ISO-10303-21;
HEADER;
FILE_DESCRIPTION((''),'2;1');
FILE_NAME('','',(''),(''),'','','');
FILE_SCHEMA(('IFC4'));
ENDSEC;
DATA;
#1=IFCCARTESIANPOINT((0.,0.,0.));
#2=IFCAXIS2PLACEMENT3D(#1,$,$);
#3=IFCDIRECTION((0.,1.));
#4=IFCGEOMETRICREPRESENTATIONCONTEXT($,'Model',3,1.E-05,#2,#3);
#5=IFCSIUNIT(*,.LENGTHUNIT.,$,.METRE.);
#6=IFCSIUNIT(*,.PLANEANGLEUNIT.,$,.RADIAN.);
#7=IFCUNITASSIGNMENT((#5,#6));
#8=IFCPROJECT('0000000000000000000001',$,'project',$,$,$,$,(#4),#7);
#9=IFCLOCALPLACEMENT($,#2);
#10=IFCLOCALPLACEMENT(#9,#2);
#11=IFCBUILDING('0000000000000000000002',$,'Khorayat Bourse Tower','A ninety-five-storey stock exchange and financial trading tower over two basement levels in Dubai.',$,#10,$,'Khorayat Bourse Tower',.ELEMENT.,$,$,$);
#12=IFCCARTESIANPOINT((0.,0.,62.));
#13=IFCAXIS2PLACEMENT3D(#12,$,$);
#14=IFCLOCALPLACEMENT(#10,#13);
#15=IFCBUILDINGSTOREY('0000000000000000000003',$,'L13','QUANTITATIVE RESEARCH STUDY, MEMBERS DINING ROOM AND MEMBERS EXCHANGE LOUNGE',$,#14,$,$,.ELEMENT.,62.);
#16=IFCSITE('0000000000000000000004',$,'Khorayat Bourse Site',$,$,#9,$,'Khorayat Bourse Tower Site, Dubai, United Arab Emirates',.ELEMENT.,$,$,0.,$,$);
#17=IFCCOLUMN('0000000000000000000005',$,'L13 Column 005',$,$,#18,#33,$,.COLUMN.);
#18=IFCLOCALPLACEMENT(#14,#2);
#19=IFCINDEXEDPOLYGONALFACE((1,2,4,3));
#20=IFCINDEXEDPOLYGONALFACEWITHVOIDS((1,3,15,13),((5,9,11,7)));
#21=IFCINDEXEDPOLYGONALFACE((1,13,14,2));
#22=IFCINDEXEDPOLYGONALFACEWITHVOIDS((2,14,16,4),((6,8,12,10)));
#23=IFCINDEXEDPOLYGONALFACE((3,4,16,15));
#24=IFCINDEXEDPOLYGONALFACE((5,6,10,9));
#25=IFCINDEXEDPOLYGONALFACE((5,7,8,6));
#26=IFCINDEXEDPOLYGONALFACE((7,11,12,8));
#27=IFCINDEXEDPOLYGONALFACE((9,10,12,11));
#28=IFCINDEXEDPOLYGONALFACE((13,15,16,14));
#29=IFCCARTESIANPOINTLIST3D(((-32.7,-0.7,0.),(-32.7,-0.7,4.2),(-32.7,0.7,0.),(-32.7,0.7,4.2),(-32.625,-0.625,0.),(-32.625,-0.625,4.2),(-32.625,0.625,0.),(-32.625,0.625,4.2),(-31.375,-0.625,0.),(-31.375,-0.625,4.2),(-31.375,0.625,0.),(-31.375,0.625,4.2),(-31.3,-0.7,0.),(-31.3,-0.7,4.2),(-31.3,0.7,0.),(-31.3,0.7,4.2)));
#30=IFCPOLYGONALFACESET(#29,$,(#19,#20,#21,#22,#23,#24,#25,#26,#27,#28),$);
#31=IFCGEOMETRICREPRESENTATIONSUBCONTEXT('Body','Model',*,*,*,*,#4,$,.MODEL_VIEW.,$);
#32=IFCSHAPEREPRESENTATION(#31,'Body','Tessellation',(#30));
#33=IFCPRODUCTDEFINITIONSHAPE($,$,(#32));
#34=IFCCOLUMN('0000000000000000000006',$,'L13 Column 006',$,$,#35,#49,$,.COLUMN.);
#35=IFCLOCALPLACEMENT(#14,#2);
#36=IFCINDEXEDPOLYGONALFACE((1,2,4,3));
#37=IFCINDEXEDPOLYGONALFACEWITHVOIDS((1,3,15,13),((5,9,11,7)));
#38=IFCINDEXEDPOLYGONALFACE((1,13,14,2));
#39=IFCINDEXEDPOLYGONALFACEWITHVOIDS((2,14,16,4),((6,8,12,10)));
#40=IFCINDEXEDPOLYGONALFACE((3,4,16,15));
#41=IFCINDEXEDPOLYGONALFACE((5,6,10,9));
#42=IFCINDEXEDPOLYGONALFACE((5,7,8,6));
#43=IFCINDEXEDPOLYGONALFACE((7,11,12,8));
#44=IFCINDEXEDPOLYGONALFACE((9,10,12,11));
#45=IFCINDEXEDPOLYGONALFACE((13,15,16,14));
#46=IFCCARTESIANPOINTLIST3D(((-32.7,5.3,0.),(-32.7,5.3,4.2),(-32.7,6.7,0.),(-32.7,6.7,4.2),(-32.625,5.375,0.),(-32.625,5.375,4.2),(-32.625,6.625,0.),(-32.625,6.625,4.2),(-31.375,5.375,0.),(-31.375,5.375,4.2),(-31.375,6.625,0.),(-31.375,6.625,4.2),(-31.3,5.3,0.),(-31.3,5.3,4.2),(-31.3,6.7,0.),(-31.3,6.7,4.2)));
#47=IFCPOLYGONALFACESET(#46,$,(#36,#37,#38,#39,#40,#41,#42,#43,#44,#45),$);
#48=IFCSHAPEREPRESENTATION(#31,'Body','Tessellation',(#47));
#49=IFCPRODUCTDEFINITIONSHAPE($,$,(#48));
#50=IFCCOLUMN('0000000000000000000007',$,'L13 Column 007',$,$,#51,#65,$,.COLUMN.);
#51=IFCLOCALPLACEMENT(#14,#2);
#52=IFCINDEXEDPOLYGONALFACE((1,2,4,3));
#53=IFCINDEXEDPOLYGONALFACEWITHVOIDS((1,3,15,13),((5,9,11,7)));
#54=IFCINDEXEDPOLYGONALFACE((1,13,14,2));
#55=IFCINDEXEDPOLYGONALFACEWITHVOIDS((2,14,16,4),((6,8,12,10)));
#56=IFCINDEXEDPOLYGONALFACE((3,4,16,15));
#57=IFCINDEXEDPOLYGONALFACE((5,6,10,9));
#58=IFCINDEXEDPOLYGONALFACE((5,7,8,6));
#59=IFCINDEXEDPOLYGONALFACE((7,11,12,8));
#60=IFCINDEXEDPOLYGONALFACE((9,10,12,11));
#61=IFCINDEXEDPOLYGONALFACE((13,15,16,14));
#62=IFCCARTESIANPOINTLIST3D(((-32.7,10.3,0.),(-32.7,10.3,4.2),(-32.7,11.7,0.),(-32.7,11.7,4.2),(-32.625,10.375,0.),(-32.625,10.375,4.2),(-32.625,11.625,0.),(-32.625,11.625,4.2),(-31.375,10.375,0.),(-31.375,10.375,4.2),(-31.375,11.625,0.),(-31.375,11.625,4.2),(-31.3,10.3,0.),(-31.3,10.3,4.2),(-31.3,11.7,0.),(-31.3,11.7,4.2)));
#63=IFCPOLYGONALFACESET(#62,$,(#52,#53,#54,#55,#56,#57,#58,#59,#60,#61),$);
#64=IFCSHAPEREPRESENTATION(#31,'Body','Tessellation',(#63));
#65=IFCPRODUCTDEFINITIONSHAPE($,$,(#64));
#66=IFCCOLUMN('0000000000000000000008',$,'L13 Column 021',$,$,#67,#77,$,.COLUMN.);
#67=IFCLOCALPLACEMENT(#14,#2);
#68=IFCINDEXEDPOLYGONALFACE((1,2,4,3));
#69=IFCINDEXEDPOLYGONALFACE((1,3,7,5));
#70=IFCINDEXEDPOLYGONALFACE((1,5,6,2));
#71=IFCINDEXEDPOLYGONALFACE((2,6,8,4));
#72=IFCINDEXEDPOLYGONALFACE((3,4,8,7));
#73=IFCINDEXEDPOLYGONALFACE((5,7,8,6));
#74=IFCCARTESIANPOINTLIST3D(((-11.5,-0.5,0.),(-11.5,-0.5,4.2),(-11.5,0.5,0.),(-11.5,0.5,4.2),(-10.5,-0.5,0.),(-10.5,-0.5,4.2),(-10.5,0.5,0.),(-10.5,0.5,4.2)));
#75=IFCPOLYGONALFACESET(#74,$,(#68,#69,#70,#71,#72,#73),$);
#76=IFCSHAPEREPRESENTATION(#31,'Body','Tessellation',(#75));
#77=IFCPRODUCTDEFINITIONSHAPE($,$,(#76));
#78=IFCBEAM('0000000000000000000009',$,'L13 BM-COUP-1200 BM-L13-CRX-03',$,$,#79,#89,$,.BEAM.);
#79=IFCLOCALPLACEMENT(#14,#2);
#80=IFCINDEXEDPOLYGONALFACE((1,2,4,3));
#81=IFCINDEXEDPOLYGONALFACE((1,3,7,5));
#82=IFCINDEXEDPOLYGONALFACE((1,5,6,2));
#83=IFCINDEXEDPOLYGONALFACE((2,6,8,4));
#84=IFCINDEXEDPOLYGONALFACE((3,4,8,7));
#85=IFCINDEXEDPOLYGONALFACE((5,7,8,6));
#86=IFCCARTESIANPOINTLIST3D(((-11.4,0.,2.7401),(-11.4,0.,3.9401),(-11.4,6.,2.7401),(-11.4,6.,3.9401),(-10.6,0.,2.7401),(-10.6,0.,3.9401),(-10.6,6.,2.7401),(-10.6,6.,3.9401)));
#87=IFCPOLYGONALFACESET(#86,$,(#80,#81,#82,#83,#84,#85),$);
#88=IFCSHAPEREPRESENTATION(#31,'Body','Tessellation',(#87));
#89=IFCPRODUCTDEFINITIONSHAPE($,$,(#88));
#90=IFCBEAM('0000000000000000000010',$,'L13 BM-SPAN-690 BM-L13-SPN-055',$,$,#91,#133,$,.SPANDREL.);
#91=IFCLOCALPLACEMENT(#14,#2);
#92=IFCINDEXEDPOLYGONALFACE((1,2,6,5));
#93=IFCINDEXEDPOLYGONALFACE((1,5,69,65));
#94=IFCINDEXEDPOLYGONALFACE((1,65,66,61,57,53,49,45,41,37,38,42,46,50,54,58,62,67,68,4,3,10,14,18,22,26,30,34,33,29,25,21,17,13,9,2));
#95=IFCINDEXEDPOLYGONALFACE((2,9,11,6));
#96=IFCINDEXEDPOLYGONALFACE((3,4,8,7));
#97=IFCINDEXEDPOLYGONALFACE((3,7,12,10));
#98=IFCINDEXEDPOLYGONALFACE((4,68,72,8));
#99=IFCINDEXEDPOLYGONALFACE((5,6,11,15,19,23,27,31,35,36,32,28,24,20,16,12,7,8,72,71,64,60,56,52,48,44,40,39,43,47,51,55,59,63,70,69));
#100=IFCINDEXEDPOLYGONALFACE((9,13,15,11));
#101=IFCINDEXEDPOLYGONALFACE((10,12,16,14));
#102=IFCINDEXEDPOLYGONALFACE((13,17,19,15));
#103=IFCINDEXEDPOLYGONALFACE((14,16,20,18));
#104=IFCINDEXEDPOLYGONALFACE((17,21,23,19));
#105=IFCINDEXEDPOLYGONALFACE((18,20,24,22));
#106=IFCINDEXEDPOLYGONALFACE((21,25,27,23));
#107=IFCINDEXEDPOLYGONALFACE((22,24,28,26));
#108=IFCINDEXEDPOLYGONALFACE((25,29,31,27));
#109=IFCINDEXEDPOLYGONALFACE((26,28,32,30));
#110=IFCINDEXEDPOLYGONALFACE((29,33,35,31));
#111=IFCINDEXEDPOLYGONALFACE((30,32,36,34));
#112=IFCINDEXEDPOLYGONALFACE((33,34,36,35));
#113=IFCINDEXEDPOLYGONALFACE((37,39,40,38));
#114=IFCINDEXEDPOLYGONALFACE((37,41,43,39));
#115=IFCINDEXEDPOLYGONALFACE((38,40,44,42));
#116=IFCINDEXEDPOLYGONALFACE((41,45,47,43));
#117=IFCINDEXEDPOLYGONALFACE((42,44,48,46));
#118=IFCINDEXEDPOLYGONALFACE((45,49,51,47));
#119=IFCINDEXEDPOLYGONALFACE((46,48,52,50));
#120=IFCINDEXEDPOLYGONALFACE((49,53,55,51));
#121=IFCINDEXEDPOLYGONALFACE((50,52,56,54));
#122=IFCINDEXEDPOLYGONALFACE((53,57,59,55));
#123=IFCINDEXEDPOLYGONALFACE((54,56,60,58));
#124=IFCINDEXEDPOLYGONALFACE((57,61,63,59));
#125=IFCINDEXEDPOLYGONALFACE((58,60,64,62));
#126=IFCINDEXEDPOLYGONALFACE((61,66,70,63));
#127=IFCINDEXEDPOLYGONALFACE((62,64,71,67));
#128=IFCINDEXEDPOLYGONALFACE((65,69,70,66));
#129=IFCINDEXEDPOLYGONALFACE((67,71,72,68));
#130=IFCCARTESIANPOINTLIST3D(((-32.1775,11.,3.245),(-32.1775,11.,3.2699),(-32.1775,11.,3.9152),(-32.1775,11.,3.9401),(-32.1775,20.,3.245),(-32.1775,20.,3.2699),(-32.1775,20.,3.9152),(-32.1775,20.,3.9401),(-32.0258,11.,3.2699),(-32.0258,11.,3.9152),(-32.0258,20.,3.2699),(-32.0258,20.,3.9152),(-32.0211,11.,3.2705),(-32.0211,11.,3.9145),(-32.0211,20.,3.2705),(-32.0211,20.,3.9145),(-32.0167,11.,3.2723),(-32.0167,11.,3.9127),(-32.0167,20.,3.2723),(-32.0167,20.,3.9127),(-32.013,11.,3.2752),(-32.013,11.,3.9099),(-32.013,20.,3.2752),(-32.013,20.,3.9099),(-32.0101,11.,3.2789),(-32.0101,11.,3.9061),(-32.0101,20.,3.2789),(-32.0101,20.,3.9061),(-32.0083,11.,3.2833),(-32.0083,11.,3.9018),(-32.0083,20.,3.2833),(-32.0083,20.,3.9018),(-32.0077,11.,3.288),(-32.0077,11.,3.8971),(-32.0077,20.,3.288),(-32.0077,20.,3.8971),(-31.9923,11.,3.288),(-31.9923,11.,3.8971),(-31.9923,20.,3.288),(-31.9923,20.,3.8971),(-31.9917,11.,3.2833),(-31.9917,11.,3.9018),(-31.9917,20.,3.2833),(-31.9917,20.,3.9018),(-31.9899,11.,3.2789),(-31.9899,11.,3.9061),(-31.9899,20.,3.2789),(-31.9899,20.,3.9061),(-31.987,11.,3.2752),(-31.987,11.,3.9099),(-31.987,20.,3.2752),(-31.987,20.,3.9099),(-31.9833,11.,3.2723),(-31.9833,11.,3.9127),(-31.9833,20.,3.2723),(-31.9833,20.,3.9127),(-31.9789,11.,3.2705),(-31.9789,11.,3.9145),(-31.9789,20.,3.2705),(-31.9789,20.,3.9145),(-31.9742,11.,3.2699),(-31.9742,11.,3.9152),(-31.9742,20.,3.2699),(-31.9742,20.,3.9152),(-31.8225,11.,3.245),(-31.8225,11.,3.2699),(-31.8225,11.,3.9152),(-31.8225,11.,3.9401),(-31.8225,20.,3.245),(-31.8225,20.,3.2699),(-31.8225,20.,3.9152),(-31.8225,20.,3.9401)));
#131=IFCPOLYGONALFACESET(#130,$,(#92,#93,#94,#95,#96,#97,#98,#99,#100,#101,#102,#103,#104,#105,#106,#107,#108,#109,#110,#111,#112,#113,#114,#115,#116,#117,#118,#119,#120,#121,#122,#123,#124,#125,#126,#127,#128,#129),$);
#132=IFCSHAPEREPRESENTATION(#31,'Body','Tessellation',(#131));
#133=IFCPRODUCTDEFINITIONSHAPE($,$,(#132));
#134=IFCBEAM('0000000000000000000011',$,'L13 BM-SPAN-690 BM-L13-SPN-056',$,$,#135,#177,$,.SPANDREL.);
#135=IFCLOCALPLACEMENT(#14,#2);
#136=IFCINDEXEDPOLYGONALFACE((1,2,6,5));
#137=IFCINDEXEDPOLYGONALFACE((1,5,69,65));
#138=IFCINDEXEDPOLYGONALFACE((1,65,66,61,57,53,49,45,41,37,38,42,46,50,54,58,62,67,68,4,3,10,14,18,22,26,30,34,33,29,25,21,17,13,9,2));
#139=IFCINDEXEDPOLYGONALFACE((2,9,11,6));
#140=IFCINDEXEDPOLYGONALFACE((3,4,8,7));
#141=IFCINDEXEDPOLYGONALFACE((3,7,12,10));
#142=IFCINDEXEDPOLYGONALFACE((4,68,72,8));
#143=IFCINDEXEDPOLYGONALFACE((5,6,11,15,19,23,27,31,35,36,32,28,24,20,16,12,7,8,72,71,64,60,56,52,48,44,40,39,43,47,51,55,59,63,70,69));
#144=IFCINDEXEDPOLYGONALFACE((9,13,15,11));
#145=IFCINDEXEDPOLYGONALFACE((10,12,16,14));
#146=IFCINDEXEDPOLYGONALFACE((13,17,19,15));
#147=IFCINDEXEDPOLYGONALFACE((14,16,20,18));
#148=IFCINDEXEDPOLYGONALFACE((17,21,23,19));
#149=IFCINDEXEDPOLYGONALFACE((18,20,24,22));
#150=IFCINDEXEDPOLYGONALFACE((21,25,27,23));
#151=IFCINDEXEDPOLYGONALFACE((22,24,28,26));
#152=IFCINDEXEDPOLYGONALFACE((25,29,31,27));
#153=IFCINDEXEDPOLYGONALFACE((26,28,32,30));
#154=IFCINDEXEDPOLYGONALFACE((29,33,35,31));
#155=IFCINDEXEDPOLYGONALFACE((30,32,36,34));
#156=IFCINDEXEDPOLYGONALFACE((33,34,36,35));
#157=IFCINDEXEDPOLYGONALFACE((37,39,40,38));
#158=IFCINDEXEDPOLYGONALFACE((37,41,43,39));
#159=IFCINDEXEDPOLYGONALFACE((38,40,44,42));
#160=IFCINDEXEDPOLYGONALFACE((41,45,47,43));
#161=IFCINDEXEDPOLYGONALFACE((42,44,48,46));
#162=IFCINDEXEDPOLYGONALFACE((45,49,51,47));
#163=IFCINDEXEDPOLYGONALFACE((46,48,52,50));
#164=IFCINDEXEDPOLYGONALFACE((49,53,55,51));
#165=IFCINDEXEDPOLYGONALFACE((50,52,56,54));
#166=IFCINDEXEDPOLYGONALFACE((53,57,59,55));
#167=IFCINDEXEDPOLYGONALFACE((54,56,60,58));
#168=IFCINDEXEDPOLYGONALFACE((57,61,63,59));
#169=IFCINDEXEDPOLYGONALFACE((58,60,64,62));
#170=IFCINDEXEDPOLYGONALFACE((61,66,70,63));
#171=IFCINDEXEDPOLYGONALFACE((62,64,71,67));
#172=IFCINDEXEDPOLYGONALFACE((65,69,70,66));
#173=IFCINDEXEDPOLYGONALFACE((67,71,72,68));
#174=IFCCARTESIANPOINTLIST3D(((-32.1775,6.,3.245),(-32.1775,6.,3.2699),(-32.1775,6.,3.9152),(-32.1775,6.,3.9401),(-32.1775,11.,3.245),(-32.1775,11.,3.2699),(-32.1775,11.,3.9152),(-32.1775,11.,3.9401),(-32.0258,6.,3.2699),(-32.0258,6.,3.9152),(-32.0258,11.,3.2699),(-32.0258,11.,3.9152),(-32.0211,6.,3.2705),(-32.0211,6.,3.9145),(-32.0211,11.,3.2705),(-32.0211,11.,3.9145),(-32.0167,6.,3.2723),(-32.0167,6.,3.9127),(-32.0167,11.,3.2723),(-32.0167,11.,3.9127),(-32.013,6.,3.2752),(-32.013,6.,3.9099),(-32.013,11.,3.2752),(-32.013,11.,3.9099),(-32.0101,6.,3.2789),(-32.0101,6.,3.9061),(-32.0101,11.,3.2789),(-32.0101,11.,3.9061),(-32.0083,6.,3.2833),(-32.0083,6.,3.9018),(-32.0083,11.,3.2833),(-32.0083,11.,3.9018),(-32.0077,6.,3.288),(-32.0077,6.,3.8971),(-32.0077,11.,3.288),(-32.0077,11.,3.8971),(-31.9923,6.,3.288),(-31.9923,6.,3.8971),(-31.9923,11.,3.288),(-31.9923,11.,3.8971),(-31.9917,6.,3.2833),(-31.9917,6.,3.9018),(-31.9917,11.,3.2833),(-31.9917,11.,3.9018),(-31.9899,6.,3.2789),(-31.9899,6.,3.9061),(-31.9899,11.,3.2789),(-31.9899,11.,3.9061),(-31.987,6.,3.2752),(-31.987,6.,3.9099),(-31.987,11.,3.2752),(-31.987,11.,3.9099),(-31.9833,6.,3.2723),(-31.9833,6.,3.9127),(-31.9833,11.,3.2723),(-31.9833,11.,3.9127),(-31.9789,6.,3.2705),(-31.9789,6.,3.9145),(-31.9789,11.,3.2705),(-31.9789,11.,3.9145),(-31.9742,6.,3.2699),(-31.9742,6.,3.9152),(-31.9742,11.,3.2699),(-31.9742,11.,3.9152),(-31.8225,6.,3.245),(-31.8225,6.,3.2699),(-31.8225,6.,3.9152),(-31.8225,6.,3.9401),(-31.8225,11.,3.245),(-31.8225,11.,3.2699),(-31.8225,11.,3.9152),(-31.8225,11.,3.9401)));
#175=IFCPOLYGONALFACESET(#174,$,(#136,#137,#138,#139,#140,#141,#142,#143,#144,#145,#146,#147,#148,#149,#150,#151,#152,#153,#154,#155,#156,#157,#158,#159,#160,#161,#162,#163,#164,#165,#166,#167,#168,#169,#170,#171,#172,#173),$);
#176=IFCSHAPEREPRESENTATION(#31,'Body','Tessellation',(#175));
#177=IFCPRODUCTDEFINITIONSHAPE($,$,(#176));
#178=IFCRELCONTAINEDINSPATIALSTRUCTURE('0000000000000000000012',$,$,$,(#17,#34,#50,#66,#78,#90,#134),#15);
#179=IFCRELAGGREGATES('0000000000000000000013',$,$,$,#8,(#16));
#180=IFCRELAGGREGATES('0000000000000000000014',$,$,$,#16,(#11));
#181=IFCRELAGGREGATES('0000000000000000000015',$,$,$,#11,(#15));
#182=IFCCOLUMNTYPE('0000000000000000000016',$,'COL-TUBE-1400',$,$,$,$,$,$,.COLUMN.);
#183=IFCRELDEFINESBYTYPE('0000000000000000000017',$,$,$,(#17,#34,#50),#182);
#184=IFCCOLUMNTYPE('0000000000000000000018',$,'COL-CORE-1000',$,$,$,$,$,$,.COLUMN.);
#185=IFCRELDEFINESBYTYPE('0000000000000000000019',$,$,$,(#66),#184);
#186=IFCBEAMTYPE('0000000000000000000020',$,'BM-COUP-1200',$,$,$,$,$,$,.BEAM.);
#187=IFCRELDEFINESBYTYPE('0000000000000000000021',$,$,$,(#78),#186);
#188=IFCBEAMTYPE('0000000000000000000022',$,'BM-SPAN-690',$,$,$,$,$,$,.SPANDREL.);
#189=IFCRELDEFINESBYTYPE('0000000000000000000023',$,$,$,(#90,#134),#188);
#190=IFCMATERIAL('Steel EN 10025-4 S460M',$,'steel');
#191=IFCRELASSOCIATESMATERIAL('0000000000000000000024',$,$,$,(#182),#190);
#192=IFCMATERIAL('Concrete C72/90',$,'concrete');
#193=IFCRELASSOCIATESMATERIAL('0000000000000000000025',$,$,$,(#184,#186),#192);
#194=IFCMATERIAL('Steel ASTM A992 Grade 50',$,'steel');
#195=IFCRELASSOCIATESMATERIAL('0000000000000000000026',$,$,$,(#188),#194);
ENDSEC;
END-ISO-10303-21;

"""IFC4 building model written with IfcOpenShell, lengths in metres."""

from ifc_helpers import new_model, si_unit, direction, frame, origin, origin_2d, place, context, subcontext, project, spatial, rectangle, hollow_rectangle, i_section, extrude, source, transform, mapped, material, material_profile, profile_set, type_object, element, save


model = new_model("IFC4")

# Units and contexts
model_context = context("Model", 3, precision=1e-05, world=origin(), true_north=direction((0.0, 1.0)))
body_context = subcontext(model_context, "Body", "Model", "MODEL_VIEW")
ifc_project = project(units=[si_unit("LENGTHUNIT", "METRE"), si_unit("PLANEANGLEUNIT", "RADIAN")], contexts=[model_context])

# Site, building, storey
site_placement = place(None, origin())
site = spatial("IfcSite", under=ifc_project, at=site_placement, Name="Khorayat Bourse Site", LongName="Khorayat Bourse Tower Site, Dubai, United Arab Emirates", CompositionType="ELEMENT", RefElevation=0.0)
building_placement = place(site_placement, origin())
building = spatial("IfcBuilding", under=site, at=building_placement, Name="Khorayat Bourse Tower", Description="A ninety-five-storey stock exchange and financial trading tower over two basement levels in Dubai.", LongName="Khorayat Bourse Tower", CompositionType="ELEMENT")
storey_placement = place(building_placement, frame((0.0, 0.0, 62.0)))
storey = spatial("IfcBuildingStorey", under=building, at=storey_placement, Name="L13", Description="QUANTITATIVE RESEARCH STUDY, MEMBERS DINING ROOM AND MEMBERS EXCHANGE LOUNGE", CompositionType="ELEMENT", Elevation=62.0)

# Columns
ifc_material_1 = material(Name="Steel EN 10025-4 S460M", Category="steel")
ifc_material_profile_1 = material_profile(ifc_material_1, hollow_rectangle(XDim=1.3999, YDim=1.3999, WallThickness=0.075, at=origin_2d()), Name="BOX 1400x1400x75")
ifc_profile_set_1 = profile_set([ifc_material_profile_1], Name="Steel EN 10025-4 S460M")
column_type_1 = type_object("IfcColumnType", Name="COL-TUBE-1400", PredefinedType="COLUMN", material=ifc_profile_set_1)
shared_shape_1 = source(origin(), body_context, "Body", "SweptSolid", [
    extrude(hollow_rectangle(XDim=1.3999, YDim=1.3999, WallThickness=0.075, at=origin_2d()), origin(), (0.0, 0.0, 1.0), 4.2),
])
for number, where, z_axis, x_axis, name in (
    (1, (-32.0, 0.0, 0.0), (0.0, 0.0, 1.0), (1.0, 0.0, 0.0), "L13 Column 005"),
    (2, (-32.0, 6.0, 0.0), (0.0, 0.0, 1.0), (1.0, 0.0, 0.0), "L13 Column 006"),
    (3, (-32.0, 11.0, 0.0), (0.0, 0.0, 1.0), (1.0, 0.0, 0.0), "L13 Column 007"),
):
    element("IfcColumn", number, at=place(storey_placement, frame(where, z_axis=z_axis, x_axis=x_axis)), inside=storey, type_object=column_type_1, Name=name, PredefinedType="COLUMN", context=body_context, shape_type="MappedRepresentation", body=[
        mapped(shared_shape_1, transform((0.0, 0.0, 0.0), scale=1.0)),
    ])
ifc_material_2 = material(Name="Concrete C72/90", Category="concrete")
ifc_material_profile_2 = material_profile(ifc_material_2, rectangle(XDim=1.0, YDim=1.0, at=origin_2d()), Name="RC 1000x1000")
ifc_profile_set_2 = profile_set([ifc_material_profile_2], Name="Concrete C72/90")
column_type_2 = type_object("IfcColumnType", Name="COL-CORE-1000", PredefinedType="COLUMN", material=ifc_profile_set_2)
shared_shape_2 = source(origin(), body_context, "Body", "SweptSolid", [
    extrude(rectangle(XDim=1.0, YDim=1.0, at=origin_2d()), origin(), (0.0, 0.0, 1.0), 4.2),
])
column_placement = place(storey_placement, frame((-11.0, 0.0, 0.0), z_axis=(0.0, 0.0, 1.0), x_axis=(1.0, 0.0, 0.0)))
element("IfcColumn", 4, at=column_placement, inside=storey, type_object=column_type_2, Name="L13 Column 021", PredefinedType="COLUMN", context=body_context, shape_type="MappedRepresentation", body=[
    mapped(shared_shape_2, transform((0.0, 0.0, 0.0), scale=1.0)),
])

# Beams
ifc_material_profile_3 = material_profile(ifc_material_2, rectangle(XDim=0.8, YDim=1.2, at=origin_2d()), Name="RC 800x1200")
ifc_profile_set_3 = profile_set([ifc_material_profile_3], Name="Concrete C72/90")
beam_type_1 = type_object("IfcBeamType", Name="BM-COUP-1200", PredefinedType="BEAM", material=ifc_profile_set_3)
shared_shape_3 = source(origin(), body_context, "Body", "SweptSolid", [
    extrude(rectangle(XDim=0.8, YDim=1.2, at=origin_2d()), origin(), (0.0, 0.0, 1.0), 6.0),
])
beam_1_placement = place(storey_placement, frame((-11.0, 0.0, 3.3401), z_axis=(0.0, 1.0, 0.0), x_axis=(-1.0, 0.0, 0.0)))
element("IfcBeam", 5, at=beam_1_placement, inside=storey, type_object=beam_type_1, Name="L13 BM-COUP-1200 BM-L13-CRX-03", PredefinedType="BEAM", context=body_context, shape_type="MappedRepresentation", body=[
    mapped(shared_shape_3, transform((0.0, 0.0, 0.0), scale=1.0)),
])
ifc_material_3 = material(Name="Steel ASTM A992 Grade 50", Category="steel")
ifc_material_profile_4 = material_profile(ifc_material_3, i_section(OverallWidth=0.355, OverallDepth=0.6951, WebThickness=0.0154, FlangeThickness=0.0249, FilletRadius=0.0181, at=origin_2d()), Name="W690X217")
ifc_profile_set_4 = profile_set([ifc_material_profile_4], Name="Steel ASTM A992 Grade 50")
beam_type_2 = type_object("IfcBeamType", Name="BM-SPAN-690", PredefinedType="SPANDREL", material=ifc_profile_set_4)
shared_shape_4 = source(origin(), body_context, "Body", "SweptSolid", [
    extrude(i_section(OverallWidth=0.355, OverallDepth=0.6951, WebThickness=0.0154, FlangeThickness=0.0249, FilletRadius=0.0181, at=origin_2d()), origin(), (0.0, 0.0, 1.0), 9.0),
])
beam_2_placement = place(storey_placement, frame((-32.0, 11.0, 3.5925), z_axis=(0.0, 1.0, 0.0), x_axis=(-1.0, 0.0, 0.0)))
element("IfcBeam", 6, at=beam_2_placement, inside=storey, type_object=beam_type_2, Name="L13 BM-SPAN-690 BM-L13-SPN-055", PredefinedType="SPANDREL", context=body_context, shape_type="MappedRepresentation", body=[
    mapped(shared_shape_4, transform((0.0, 0.0, 0.0), scale=1.0)),
])
shared_shape_5 = source(origin(), body_context, "Body", "SweptSolid", [
    extrude(i_section(OverallWidth=0.355, OverallDepth=0.6951, WebThickness=0.0154, FlangeThickness=0.0249, FilletRadius=0.0181, at=origin_2d()), origin(), (0.0, 0.0, 1.0), 5.0),
])
beam_3_placement = place(storey_placement, frame((-32.0, 6.0, 3.5925), z_axis=(0.0, 1.0, 0.0), x_axis=(-1.0, 0.0, 0.0)))
element("IfcBeam", 7, at=beam_3_placement, inside=storey, type_object=beam_type_2, Name="L13 BM-SPAN-690 BM-L13-SPN-056", PredefinedType="SPANDREL", context=body_context, shape_type="MappedRepresentation", body=[
    mapped(shared_shape_5, transform((0.0, 0.0, 0.0), scale=1.0)),
])

save(model, "model.ifc")
